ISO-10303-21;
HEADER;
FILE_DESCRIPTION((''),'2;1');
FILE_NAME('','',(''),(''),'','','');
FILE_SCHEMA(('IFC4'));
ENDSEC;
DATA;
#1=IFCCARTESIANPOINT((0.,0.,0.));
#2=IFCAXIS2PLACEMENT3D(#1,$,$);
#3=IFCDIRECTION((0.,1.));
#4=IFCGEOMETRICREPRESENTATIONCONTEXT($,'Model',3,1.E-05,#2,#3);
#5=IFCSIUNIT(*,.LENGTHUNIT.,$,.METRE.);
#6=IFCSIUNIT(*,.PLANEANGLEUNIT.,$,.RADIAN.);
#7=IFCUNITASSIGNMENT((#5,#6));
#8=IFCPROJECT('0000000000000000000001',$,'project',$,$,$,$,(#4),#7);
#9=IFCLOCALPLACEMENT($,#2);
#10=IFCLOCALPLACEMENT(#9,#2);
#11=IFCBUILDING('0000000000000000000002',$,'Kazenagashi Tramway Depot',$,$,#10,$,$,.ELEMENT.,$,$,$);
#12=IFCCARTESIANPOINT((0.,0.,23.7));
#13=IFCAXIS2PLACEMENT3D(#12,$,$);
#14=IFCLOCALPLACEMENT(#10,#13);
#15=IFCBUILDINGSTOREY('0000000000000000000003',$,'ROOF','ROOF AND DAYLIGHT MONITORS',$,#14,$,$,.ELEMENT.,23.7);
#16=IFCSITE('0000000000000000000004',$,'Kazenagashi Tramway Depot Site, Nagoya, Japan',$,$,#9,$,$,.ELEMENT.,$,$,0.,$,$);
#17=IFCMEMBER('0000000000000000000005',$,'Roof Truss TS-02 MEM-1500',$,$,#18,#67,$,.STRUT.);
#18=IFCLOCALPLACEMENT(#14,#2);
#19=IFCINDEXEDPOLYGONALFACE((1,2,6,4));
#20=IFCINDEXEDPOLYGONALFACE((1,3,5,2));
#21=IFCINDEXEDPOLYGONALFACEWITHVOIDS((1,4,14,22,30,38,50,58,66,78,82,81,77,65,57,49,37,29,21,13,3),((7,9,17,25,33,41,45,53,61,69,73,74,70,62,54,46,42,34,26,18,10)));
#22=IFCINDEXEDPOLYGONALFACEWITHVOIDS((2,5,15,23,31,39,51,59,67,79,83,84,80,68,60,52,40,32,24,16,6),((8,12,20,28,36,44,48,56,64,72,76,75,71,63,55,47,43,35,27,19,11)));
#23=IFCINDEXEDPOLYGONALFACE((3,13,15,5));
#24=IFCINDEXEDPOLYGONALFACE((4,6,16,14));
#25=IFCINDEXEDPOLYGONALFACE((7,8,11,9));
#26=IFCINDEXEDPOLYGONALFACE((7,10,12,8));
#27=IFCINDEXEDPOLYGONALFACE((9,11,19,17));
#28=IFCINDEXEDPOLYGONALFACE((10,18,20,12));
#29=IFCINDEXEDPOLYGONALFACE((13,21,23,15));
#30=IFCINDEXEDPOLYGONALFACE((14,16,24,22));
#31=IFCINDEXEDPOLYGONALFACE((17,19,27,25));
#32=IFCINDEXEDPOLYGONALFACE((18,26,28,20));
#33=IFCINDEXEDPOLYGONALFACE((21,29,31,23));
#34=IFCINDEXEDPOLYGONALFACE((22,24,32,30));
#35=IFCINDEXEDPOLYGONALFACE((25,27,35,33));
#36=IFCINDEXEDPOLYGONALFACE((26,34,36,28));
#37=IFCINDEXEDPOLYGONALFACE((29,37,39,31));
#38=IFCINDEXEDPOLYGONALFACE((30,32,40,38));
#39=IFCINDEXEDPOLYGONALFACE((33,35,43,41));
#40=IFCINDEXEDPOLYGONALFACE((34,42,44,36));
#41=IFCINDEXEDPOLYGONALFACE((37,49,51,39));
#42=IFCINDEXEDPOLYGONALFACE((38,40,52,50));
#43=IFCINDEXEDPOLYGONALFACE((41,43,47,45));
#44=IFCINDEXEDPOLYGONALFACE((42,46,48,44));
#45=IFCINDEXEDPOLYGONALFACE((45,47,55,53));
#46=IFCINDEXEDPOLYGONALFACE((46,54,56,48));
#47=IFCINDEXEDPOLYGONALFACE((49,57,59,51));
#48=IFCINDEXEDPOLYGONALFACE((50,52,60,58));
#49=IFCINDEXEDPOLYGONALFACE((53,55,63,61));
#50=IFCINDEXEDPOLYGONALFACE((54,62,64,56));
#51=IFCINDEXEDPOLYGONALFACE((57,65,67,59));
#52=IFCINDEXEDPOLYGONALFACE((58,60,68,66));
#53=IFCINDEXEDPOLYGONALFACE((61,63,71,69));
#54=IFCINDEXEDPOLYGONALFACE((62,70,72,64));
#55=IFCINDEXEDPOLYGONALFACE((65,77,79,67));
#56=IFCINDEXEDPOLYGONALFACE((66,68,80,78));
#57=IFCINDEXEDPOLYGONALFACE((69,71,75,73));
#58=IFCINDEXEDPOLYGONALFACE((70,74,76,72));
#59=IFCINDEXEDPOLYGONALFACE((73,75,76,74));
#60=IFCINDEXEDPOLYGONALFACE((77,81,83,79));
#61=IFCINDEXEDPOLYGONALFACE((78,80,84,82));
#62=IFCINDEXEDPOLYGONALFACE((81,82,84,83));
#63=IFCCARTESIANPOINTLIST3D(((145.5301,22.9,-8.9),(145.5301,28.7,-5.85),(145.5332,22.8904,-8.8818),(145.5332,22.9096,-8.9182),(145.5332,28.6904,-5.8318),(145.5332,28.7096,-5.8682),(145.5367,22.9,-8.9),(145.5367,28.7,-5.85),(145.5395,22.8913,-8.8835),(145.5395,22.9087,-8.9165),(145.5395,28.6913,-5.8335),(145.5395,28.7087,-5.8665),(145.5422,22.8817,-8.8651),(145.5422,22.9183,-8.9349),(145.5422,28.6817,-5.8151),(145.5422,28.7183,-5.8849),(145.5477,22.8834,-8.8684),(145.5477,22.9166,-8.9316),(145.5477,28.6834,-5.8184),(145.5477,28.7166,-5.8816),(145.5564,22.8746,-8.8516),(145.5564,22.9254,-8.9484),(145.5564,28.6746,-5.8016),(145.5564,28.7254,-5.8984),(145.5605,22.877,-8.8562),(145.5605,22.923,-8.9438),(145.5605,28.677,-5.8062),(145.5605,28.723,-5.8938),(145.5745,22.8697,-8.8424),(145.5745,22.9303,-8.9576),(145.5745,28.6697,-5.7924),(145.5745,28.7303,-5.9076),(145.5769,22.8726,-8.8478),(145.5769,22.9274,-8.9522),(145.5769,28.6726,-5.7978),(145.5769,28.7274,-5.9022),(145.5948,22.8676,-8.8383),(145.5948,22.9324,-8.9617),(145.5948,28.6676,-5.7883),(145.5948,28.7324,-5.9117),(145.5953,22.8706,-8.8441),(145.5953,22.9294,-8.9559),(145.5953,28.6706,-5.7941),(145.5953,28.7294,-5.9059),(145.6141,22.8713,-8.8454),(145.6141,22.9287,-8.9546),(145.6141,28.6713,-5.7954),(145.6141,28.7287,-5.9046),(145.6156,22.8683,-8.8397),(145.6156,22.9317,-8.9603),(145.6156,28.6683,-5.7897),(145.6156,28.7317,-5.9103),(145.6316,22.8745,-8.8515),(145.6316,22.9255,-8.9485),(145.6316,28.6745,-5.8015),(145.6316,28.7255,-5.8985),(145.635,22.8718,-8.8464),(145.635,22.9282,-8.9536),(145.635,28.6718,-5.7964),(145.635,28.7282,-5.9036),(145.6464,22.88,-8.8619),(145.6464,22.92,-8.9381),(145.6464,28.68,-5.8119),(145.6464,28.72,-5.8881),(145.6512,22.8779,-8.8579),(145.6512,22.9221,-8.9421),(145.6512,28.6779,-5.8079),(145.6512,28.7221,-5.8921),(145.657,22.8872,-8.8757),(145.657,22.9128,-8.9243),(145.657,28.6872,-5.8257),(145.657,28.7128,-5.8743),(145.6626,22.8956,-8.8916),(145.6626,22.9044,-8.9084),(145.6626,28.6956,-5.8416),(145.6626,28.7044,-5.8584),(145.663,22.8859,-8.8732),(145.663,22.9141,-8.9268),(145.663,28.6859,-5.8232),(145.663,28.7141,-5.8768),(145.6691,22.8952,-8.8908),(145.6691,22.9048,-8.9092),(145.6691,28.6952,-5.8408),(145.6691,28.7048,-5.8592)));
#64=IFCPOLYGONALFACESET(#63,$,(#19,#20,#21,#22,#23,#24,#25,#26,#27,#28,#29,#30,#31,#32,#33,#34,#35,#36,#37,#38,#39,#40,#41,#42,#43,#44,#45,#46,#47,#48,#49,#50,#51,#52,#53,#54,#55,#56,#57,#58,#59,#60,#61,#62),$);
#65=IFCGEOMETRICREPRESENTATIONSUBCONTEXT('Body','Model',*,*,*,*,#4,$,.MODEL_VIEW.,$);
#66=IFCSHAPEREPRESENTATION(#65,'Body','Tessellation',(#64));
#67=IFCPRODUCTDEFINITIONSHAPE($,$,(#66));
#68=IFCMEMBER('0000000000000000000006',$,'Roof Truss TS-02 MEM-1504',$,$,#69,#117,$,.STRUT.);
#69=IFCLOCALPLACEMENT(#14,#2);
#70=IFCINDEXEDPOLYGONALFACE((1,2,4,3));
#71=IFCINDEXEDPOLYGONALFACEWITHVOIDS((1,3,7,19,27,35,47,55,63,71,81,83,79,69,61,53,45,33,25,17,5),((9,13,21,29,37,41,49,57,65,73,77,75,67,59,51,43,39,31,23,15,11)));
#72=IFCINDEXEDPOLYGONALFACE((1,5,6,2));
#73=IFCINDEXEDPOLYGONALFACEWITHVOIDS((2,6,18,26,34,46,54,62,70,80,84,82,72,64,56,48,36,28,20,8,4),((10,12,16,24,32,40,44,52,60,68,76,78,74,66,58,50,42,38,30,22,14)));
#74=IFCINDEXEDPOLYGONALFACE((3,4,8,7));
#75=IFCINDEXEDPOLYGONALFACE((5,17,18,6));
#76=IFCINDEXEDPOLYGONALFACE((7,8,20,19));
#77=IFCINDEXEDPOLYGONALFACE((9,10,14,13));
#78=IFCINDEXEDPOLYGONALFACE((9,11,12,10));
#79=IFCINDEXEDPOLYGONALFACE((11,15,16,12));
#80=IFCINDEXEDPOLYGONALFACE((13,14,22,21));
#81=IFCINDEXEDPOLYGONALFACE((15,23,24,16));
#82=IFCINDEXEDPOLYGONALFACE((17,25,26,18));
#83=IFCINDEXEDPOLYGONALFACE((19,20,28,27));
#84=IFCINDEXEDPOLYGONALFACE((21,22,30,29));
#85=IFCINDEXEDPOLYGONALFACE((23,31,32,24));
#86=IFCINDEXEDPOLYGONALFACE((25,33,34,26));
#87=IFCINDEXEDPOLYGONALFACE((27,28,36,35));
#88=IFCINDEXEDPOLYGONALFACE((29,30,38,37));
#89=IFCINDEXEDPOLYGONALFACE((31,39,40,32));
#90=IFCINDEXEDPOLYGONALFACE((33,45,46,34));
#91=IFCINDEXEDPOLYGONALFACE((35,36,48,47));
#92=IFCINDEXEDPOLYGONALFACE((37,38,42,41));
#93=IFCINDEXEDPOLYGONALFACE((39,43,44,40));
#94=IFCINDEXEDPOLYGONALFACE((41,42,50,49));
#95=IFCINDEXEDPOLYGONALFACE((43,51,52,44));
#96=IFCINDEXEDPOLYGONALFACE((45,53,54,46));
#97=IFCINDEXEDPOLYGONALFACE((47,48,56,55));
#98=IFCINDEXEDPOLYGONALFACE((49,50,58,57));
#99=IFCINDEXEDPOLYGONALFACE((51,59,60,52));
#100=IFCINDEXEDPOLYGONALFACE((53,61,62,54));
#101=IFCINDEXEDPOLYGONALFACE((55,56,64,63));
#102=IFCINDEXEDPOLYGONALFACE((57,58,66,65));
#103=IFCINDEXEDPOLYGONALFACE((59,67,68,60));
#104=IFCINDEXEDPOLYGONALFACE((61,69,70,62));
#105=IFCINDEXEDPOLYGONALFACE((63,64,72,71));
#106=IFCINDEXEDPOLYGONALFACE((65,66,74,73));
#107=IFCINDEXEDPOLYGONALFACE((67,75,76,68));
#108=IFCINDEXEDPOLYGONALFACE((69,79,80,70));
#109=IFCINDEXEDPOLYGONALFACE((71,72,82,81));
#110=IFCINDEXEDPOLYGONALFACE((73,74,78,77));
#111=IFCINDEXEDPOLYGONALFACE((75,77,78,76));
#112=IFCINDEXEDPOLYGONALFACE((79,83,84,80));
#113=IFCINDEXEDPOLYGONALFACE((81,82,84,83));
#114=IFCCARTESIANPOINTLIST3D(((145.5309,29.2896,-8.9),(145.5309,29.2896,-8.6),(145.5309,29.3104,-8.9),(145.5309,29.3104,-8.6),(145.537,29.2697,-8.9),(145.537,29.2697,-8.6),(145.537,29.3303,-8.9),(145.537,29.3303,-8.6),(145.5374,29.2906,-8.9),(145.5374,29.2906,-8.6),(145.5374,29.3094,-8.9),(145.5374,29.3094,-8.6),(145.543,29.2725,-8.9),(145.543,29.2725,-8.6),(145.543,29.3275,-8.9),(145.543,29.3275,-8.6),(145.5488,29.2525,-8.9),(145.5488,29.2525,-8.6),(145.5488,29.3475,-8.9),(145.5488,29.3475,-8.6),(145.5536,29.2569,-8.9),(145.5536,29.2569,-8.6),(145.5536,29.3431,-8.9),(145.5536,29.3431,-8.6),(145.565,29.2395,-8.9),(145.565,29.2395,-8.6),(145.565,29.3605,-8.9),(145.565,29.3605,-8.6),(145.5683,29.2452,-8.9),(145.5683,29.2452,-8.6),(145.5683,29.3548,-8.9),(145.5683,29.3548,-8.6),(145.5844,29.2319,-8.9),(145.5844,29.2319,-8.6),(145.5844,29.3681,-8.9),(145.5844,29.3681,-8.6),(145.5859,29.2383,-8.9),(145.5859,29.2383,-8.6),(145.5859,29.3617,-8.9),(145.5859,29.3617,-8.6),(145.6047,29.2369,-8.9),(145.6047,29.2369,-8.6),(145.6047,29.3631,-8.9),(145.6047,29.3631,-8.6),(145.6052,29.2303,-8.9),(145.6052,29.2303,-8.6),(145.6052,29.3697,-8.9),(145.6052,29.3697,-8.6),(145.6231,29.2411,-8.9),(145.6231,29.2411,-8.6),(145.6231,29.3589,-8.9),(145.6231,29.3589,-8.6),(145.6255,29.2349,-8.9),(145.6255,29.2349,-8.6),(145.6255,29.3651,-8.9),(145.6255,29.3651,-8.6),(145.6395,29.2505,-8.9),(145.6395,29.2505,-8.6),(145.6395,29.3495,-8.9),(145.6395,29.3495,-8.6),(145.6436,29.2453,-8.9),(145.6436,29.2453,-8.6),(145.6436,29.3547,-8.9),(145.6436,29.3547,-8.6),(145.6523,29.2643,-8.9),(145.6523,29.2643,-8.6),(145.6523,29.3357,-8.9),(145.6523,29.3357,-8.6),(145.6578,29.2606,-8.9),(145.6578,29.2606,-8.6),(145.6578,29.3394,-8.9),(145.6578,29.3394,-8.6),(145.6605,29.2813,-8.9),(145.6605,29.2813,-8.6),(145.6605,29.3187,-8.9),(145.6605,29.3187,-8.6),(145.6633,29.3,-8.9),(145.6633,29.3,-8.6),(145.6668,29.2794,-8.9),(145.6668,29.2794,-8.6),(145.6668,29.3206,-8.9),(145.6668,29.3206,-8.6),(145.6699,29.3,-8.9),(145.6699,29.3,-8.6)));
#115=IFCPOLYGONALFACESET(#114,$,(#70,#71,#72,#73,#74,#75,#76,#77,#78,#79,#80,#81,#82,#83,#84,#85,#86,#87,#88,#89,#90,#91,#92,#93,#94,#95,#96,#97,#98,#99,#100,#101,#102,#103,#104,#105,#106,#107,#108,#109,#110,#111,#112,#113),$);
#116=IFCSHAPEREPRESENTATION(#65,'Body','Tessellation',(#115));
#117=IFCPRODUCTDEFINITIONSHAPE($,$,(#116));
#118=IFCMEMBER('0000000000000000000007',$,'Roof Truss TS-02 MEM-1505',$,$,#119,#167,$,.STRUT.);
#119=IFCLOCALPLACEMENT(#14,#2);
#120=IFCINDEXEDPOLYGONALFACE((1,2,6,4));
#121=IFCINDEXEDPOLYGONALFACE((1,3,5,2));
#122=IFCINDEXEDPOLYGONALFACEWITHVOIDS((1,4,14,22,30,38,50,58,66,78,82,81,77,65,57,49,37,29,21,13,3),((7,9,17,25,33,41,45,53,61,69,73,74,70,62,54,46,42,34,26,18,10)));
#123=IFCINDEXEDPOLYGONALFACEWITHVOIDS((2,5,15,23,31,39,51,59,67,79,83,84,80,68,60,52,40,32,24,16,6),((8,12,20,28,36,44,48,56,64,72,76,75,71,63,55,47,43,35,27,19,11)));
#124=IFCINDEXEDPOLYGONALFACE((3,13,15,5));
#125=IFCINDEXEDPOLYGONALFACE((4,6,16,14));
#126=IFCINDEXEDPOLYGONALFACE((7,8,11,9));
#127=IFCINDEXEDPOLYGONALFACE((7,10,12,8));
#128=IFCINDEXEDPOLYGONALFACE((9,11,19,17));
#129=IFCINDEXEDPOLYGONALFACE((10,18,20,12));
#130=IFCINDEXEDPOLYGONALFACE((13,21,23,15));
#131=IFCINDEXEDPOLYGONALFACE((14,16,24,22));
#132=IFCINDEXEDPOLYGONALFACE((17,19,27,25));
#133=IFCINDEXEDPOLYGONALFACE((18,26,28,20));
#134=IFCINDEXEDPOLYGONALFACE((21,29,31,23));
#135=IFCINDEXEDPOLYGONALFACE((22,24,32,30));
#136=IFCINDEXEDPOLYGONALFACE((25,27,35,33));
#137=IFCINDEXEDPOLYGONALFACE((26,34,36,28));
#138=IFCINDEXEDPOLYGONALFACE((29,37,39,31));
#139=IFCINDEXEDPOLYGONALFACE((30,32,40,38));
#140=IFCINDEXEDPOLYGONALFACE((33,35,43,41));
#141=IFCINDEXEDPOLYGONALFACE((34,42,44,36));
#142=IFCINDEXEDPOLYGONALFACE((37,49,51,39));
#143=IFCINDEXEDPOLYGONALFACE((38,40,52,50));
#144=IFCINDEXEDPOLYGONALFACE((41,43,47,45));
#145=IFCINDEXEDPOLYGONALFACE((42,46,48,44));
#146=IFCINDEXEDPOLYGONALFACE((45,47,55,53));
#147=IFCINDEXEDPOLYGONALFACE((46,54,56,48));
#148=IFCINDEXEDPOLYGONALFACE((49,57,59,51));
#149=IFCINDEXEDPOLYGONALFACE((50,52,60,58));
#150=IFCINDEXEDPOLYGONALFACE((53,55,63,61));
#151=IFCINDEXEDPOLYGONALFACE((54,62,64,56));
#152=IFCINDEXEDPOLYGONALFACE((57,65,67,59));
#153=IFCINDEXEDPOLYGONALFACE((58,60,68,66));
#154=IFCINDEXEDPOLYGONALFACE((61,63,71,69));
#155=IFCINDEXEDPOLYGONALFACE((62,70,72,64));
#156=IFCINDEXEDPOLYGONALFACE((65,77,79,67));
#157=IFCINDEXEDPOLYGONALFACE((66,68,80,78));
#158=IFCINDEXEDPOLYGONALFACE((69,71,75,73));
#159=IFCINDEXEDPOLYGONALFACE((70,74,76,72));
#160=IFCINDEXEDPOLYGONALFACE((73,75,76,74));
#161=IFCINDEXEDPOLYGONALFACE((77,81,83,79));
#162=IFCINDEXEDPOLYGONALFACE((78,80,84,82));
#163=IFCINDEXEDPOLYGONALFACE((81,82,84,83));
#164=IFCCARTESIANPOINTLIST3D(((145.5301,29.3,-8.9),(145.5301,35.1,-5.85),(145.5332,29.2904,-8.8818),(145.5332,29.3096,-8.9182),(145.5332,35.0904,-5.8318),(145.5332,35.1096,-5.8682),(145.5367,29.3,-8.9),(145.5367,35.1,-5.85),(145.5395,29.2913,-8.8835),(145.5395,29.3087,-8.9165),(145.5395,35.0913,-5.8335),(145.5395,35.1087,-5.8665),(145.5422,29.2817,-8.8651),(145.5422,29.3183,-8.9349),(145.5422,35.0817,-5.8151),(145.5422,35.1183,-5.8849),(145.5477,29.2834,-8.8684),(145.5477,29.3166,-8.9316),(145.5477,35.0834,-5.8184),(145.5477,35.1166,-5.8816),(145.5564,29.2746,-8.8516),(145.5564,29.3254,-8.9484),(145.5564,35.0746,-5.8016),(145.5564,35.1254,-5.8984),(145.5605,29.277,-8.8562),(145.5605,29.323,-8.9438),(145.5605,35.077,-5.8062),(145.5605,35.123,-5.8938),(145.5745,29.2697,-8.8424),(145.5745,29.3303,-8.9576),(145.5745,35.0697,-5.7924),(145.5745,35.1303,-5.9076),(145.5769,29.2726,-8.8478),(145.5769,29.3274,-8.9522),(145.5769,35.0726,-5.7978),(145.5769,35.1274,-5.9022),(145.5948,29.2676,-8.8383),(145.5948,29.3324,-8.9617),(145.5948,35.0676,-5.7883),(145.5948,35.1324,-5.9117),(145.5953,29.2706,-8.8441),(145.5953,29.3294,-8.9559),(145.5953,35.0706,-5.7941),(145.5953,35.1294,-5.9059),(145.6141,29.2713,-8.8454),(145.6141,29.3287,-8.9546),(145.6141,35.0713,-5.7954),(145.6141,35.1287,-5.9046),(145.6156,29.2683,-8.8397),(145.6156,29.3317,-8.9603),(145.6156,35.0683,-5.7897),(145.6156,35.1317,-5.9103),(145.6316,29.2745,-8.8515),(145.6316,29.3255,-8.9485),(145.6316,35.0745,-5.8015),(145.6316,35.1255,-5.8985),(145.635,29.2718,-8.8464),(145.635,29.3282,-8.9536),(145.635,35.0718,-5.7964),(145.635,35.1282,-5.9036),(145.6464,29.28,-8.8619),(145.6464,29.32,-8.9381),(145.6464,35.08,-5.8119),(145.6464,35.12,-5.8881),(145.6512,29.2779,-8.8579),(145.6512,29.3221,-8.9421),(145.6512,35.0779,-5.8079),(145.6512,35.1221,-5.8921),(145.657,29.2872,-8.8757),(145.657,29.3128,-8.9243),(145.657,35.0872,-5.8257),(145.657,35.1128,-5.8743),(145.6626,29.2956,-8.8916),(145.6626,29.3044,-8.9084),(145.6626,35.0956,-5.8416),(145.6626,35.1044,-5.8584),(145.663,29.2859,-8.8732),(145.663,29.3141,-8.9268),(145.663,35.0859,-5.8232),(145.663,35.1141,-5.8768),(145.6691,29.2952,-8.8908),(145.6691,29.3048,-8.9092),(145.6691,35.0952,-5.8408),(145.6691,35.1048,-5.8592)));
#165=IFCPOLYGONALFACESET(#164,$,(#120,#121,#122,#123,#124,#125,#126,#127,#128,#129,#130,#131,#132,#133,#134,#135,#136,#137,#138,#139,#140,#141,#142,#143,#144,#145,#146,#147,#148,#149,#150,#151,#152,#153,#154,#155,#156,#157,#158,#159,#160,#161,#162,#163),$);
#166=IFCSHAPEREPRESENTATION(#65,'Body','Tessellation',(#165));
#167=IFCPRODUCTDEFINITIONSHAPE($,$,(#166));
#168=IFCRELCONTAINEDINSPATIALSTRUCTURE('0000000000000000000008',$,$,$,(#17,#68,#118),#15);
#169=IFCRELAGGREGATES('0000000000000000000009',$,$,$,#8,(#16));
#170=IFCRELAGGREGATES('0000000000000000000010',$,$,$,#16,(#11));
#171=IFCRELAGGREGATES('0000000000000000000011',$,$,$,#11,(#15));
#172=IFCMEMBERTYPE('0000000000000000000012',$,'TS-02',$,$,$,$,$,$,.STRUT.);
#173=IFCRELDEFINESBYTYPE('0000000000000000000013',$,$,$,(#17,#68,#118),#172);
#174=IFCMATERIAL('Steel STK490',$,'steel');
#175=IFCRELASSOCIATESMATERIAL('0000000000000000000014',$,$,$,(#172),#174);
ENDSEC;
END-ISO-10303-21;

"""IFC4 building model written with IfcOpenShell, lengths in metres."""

from ifc_helpers import new_model, si_unit, direction, frame, origin, origin_2d, place, context, subcontext, project, spatial, hollow_circle, extrude, material, material_profile, profile_set, type_object, element, save


model = new_model("IFC4")

# Units and contexts
model_context = context("Model", 3, precision=1e-05, world=origin(), true_north=direction((0.0, 1.0)))
body_context = subcontext(model_context, "Body", "Model", "MODEL_VIEW")
ifc_project = project(units=[si_unit("LENGTHUNIT", "METRE"), si_unit("PLANEANGLEUNIT", "RADIAN")], contexts=[model_context])

# Site, building, storey
site_placement = place(None, origin())
site = spatial("IfcSite", under=ifc_project, at=site_placement, Name="Kazenagashi Tramway Depot Site, Nagoya, Japan", CompositionType="ELEMENT", RefElevation=0.0)
building_placement = place(site_placement, origin())
building = spatial("IfcBuilding", under=site, at=building_placement, Name="Kazenagashi Tramway Depot", CompositionType="ELEMENT")
storey_placement = place(building_placement, frame((0.0, 0.0, 23.7)))
storey = spatial("IfcBuildingStorey", under=building, at=storey_placement, Name="ROOF", Description="ROOF AND DAYLIGHT MONITORS", CompositionType="ELEMENT", Elevation=23.7)

# Members
ifc_material_1 = material(Name="Steel STK490", Category="steel")
ifc_material_profile_1 = material_profile(ifc_material_1, hollow_circle(Radius=0.0699, WallThickness=0.0066, at=origin_2d()), Name="CHS-139.8x6.6")
ifc_profile_set_1 = profile_set([ifc_material_profile_1], Name="Steel STK490")
member_type_1 = type_object("IfcMemberType", Name="TS-02", PredefinedType="STRUT", material=ifc_profile_set_1)
member_1_placement = place(storey_placement, frame((145.6, 22.9, -8.9), z_axis=(0.0, 0.885084, 0.465432), x_axis=(-1.0, 0.0, 0.0)))
element("IfcMember", 1, at=member_1_placement, inside=storey, type_object=member_type_1, Name="Roof Truss TS-02 MEM-1500", PredefinedType="STRUT", context=body_context, shape_type="SweptSolid", body=[
    extrude(hollow_circle(Radius=0.0699, WallThickness=0.0066, at=origin_2d()), origin(), (0.0, 0.0, 1.0), 6.5531),
])
member_2_placement = place(storey_placement, frame((145.6, 29.3, -8.9), z_axis=(0.0, 0.0, 1.0), x_axis=(1.0, 0.0, 0.0)))
element("IfcMember", 2, at=member_2_placement, inside=storey, type_object=member_type_1, Name="Roof Truss TS-02 MEM-1504", PredefinedType="STRUT", context=body_context, shape_type="SweptSolid", body=[
    extrude(hollow_circle(Radius=0.0699, WallThickness=0.0066, at=origin_2d()), origin(), (0.0, 0.0, 1.0), 0.3),
])
member_3_placement = place(storey_placement, frame((145.6, 29.3, -8.9), z_axis=(0.0, 0.885084, 0.465432), x_axis=(-1.0, 0.0, 0.0)))
element("IfcMember", 3, at=member_3_placement, inside=storey, type_object=member_type_1, Name="Roof Truss TS-02 MEM-1505", PredefinedType="STRUT", context=body_context, shape_type="SweptSolid", body=[
    extrude(hollow_circle(Radius=0.0699, WallThickness=0.0066, at=origin_2d()), origin(), (0.0, 0.0, 1.0), 6.5531),
])

save(model, "model.ifc")
